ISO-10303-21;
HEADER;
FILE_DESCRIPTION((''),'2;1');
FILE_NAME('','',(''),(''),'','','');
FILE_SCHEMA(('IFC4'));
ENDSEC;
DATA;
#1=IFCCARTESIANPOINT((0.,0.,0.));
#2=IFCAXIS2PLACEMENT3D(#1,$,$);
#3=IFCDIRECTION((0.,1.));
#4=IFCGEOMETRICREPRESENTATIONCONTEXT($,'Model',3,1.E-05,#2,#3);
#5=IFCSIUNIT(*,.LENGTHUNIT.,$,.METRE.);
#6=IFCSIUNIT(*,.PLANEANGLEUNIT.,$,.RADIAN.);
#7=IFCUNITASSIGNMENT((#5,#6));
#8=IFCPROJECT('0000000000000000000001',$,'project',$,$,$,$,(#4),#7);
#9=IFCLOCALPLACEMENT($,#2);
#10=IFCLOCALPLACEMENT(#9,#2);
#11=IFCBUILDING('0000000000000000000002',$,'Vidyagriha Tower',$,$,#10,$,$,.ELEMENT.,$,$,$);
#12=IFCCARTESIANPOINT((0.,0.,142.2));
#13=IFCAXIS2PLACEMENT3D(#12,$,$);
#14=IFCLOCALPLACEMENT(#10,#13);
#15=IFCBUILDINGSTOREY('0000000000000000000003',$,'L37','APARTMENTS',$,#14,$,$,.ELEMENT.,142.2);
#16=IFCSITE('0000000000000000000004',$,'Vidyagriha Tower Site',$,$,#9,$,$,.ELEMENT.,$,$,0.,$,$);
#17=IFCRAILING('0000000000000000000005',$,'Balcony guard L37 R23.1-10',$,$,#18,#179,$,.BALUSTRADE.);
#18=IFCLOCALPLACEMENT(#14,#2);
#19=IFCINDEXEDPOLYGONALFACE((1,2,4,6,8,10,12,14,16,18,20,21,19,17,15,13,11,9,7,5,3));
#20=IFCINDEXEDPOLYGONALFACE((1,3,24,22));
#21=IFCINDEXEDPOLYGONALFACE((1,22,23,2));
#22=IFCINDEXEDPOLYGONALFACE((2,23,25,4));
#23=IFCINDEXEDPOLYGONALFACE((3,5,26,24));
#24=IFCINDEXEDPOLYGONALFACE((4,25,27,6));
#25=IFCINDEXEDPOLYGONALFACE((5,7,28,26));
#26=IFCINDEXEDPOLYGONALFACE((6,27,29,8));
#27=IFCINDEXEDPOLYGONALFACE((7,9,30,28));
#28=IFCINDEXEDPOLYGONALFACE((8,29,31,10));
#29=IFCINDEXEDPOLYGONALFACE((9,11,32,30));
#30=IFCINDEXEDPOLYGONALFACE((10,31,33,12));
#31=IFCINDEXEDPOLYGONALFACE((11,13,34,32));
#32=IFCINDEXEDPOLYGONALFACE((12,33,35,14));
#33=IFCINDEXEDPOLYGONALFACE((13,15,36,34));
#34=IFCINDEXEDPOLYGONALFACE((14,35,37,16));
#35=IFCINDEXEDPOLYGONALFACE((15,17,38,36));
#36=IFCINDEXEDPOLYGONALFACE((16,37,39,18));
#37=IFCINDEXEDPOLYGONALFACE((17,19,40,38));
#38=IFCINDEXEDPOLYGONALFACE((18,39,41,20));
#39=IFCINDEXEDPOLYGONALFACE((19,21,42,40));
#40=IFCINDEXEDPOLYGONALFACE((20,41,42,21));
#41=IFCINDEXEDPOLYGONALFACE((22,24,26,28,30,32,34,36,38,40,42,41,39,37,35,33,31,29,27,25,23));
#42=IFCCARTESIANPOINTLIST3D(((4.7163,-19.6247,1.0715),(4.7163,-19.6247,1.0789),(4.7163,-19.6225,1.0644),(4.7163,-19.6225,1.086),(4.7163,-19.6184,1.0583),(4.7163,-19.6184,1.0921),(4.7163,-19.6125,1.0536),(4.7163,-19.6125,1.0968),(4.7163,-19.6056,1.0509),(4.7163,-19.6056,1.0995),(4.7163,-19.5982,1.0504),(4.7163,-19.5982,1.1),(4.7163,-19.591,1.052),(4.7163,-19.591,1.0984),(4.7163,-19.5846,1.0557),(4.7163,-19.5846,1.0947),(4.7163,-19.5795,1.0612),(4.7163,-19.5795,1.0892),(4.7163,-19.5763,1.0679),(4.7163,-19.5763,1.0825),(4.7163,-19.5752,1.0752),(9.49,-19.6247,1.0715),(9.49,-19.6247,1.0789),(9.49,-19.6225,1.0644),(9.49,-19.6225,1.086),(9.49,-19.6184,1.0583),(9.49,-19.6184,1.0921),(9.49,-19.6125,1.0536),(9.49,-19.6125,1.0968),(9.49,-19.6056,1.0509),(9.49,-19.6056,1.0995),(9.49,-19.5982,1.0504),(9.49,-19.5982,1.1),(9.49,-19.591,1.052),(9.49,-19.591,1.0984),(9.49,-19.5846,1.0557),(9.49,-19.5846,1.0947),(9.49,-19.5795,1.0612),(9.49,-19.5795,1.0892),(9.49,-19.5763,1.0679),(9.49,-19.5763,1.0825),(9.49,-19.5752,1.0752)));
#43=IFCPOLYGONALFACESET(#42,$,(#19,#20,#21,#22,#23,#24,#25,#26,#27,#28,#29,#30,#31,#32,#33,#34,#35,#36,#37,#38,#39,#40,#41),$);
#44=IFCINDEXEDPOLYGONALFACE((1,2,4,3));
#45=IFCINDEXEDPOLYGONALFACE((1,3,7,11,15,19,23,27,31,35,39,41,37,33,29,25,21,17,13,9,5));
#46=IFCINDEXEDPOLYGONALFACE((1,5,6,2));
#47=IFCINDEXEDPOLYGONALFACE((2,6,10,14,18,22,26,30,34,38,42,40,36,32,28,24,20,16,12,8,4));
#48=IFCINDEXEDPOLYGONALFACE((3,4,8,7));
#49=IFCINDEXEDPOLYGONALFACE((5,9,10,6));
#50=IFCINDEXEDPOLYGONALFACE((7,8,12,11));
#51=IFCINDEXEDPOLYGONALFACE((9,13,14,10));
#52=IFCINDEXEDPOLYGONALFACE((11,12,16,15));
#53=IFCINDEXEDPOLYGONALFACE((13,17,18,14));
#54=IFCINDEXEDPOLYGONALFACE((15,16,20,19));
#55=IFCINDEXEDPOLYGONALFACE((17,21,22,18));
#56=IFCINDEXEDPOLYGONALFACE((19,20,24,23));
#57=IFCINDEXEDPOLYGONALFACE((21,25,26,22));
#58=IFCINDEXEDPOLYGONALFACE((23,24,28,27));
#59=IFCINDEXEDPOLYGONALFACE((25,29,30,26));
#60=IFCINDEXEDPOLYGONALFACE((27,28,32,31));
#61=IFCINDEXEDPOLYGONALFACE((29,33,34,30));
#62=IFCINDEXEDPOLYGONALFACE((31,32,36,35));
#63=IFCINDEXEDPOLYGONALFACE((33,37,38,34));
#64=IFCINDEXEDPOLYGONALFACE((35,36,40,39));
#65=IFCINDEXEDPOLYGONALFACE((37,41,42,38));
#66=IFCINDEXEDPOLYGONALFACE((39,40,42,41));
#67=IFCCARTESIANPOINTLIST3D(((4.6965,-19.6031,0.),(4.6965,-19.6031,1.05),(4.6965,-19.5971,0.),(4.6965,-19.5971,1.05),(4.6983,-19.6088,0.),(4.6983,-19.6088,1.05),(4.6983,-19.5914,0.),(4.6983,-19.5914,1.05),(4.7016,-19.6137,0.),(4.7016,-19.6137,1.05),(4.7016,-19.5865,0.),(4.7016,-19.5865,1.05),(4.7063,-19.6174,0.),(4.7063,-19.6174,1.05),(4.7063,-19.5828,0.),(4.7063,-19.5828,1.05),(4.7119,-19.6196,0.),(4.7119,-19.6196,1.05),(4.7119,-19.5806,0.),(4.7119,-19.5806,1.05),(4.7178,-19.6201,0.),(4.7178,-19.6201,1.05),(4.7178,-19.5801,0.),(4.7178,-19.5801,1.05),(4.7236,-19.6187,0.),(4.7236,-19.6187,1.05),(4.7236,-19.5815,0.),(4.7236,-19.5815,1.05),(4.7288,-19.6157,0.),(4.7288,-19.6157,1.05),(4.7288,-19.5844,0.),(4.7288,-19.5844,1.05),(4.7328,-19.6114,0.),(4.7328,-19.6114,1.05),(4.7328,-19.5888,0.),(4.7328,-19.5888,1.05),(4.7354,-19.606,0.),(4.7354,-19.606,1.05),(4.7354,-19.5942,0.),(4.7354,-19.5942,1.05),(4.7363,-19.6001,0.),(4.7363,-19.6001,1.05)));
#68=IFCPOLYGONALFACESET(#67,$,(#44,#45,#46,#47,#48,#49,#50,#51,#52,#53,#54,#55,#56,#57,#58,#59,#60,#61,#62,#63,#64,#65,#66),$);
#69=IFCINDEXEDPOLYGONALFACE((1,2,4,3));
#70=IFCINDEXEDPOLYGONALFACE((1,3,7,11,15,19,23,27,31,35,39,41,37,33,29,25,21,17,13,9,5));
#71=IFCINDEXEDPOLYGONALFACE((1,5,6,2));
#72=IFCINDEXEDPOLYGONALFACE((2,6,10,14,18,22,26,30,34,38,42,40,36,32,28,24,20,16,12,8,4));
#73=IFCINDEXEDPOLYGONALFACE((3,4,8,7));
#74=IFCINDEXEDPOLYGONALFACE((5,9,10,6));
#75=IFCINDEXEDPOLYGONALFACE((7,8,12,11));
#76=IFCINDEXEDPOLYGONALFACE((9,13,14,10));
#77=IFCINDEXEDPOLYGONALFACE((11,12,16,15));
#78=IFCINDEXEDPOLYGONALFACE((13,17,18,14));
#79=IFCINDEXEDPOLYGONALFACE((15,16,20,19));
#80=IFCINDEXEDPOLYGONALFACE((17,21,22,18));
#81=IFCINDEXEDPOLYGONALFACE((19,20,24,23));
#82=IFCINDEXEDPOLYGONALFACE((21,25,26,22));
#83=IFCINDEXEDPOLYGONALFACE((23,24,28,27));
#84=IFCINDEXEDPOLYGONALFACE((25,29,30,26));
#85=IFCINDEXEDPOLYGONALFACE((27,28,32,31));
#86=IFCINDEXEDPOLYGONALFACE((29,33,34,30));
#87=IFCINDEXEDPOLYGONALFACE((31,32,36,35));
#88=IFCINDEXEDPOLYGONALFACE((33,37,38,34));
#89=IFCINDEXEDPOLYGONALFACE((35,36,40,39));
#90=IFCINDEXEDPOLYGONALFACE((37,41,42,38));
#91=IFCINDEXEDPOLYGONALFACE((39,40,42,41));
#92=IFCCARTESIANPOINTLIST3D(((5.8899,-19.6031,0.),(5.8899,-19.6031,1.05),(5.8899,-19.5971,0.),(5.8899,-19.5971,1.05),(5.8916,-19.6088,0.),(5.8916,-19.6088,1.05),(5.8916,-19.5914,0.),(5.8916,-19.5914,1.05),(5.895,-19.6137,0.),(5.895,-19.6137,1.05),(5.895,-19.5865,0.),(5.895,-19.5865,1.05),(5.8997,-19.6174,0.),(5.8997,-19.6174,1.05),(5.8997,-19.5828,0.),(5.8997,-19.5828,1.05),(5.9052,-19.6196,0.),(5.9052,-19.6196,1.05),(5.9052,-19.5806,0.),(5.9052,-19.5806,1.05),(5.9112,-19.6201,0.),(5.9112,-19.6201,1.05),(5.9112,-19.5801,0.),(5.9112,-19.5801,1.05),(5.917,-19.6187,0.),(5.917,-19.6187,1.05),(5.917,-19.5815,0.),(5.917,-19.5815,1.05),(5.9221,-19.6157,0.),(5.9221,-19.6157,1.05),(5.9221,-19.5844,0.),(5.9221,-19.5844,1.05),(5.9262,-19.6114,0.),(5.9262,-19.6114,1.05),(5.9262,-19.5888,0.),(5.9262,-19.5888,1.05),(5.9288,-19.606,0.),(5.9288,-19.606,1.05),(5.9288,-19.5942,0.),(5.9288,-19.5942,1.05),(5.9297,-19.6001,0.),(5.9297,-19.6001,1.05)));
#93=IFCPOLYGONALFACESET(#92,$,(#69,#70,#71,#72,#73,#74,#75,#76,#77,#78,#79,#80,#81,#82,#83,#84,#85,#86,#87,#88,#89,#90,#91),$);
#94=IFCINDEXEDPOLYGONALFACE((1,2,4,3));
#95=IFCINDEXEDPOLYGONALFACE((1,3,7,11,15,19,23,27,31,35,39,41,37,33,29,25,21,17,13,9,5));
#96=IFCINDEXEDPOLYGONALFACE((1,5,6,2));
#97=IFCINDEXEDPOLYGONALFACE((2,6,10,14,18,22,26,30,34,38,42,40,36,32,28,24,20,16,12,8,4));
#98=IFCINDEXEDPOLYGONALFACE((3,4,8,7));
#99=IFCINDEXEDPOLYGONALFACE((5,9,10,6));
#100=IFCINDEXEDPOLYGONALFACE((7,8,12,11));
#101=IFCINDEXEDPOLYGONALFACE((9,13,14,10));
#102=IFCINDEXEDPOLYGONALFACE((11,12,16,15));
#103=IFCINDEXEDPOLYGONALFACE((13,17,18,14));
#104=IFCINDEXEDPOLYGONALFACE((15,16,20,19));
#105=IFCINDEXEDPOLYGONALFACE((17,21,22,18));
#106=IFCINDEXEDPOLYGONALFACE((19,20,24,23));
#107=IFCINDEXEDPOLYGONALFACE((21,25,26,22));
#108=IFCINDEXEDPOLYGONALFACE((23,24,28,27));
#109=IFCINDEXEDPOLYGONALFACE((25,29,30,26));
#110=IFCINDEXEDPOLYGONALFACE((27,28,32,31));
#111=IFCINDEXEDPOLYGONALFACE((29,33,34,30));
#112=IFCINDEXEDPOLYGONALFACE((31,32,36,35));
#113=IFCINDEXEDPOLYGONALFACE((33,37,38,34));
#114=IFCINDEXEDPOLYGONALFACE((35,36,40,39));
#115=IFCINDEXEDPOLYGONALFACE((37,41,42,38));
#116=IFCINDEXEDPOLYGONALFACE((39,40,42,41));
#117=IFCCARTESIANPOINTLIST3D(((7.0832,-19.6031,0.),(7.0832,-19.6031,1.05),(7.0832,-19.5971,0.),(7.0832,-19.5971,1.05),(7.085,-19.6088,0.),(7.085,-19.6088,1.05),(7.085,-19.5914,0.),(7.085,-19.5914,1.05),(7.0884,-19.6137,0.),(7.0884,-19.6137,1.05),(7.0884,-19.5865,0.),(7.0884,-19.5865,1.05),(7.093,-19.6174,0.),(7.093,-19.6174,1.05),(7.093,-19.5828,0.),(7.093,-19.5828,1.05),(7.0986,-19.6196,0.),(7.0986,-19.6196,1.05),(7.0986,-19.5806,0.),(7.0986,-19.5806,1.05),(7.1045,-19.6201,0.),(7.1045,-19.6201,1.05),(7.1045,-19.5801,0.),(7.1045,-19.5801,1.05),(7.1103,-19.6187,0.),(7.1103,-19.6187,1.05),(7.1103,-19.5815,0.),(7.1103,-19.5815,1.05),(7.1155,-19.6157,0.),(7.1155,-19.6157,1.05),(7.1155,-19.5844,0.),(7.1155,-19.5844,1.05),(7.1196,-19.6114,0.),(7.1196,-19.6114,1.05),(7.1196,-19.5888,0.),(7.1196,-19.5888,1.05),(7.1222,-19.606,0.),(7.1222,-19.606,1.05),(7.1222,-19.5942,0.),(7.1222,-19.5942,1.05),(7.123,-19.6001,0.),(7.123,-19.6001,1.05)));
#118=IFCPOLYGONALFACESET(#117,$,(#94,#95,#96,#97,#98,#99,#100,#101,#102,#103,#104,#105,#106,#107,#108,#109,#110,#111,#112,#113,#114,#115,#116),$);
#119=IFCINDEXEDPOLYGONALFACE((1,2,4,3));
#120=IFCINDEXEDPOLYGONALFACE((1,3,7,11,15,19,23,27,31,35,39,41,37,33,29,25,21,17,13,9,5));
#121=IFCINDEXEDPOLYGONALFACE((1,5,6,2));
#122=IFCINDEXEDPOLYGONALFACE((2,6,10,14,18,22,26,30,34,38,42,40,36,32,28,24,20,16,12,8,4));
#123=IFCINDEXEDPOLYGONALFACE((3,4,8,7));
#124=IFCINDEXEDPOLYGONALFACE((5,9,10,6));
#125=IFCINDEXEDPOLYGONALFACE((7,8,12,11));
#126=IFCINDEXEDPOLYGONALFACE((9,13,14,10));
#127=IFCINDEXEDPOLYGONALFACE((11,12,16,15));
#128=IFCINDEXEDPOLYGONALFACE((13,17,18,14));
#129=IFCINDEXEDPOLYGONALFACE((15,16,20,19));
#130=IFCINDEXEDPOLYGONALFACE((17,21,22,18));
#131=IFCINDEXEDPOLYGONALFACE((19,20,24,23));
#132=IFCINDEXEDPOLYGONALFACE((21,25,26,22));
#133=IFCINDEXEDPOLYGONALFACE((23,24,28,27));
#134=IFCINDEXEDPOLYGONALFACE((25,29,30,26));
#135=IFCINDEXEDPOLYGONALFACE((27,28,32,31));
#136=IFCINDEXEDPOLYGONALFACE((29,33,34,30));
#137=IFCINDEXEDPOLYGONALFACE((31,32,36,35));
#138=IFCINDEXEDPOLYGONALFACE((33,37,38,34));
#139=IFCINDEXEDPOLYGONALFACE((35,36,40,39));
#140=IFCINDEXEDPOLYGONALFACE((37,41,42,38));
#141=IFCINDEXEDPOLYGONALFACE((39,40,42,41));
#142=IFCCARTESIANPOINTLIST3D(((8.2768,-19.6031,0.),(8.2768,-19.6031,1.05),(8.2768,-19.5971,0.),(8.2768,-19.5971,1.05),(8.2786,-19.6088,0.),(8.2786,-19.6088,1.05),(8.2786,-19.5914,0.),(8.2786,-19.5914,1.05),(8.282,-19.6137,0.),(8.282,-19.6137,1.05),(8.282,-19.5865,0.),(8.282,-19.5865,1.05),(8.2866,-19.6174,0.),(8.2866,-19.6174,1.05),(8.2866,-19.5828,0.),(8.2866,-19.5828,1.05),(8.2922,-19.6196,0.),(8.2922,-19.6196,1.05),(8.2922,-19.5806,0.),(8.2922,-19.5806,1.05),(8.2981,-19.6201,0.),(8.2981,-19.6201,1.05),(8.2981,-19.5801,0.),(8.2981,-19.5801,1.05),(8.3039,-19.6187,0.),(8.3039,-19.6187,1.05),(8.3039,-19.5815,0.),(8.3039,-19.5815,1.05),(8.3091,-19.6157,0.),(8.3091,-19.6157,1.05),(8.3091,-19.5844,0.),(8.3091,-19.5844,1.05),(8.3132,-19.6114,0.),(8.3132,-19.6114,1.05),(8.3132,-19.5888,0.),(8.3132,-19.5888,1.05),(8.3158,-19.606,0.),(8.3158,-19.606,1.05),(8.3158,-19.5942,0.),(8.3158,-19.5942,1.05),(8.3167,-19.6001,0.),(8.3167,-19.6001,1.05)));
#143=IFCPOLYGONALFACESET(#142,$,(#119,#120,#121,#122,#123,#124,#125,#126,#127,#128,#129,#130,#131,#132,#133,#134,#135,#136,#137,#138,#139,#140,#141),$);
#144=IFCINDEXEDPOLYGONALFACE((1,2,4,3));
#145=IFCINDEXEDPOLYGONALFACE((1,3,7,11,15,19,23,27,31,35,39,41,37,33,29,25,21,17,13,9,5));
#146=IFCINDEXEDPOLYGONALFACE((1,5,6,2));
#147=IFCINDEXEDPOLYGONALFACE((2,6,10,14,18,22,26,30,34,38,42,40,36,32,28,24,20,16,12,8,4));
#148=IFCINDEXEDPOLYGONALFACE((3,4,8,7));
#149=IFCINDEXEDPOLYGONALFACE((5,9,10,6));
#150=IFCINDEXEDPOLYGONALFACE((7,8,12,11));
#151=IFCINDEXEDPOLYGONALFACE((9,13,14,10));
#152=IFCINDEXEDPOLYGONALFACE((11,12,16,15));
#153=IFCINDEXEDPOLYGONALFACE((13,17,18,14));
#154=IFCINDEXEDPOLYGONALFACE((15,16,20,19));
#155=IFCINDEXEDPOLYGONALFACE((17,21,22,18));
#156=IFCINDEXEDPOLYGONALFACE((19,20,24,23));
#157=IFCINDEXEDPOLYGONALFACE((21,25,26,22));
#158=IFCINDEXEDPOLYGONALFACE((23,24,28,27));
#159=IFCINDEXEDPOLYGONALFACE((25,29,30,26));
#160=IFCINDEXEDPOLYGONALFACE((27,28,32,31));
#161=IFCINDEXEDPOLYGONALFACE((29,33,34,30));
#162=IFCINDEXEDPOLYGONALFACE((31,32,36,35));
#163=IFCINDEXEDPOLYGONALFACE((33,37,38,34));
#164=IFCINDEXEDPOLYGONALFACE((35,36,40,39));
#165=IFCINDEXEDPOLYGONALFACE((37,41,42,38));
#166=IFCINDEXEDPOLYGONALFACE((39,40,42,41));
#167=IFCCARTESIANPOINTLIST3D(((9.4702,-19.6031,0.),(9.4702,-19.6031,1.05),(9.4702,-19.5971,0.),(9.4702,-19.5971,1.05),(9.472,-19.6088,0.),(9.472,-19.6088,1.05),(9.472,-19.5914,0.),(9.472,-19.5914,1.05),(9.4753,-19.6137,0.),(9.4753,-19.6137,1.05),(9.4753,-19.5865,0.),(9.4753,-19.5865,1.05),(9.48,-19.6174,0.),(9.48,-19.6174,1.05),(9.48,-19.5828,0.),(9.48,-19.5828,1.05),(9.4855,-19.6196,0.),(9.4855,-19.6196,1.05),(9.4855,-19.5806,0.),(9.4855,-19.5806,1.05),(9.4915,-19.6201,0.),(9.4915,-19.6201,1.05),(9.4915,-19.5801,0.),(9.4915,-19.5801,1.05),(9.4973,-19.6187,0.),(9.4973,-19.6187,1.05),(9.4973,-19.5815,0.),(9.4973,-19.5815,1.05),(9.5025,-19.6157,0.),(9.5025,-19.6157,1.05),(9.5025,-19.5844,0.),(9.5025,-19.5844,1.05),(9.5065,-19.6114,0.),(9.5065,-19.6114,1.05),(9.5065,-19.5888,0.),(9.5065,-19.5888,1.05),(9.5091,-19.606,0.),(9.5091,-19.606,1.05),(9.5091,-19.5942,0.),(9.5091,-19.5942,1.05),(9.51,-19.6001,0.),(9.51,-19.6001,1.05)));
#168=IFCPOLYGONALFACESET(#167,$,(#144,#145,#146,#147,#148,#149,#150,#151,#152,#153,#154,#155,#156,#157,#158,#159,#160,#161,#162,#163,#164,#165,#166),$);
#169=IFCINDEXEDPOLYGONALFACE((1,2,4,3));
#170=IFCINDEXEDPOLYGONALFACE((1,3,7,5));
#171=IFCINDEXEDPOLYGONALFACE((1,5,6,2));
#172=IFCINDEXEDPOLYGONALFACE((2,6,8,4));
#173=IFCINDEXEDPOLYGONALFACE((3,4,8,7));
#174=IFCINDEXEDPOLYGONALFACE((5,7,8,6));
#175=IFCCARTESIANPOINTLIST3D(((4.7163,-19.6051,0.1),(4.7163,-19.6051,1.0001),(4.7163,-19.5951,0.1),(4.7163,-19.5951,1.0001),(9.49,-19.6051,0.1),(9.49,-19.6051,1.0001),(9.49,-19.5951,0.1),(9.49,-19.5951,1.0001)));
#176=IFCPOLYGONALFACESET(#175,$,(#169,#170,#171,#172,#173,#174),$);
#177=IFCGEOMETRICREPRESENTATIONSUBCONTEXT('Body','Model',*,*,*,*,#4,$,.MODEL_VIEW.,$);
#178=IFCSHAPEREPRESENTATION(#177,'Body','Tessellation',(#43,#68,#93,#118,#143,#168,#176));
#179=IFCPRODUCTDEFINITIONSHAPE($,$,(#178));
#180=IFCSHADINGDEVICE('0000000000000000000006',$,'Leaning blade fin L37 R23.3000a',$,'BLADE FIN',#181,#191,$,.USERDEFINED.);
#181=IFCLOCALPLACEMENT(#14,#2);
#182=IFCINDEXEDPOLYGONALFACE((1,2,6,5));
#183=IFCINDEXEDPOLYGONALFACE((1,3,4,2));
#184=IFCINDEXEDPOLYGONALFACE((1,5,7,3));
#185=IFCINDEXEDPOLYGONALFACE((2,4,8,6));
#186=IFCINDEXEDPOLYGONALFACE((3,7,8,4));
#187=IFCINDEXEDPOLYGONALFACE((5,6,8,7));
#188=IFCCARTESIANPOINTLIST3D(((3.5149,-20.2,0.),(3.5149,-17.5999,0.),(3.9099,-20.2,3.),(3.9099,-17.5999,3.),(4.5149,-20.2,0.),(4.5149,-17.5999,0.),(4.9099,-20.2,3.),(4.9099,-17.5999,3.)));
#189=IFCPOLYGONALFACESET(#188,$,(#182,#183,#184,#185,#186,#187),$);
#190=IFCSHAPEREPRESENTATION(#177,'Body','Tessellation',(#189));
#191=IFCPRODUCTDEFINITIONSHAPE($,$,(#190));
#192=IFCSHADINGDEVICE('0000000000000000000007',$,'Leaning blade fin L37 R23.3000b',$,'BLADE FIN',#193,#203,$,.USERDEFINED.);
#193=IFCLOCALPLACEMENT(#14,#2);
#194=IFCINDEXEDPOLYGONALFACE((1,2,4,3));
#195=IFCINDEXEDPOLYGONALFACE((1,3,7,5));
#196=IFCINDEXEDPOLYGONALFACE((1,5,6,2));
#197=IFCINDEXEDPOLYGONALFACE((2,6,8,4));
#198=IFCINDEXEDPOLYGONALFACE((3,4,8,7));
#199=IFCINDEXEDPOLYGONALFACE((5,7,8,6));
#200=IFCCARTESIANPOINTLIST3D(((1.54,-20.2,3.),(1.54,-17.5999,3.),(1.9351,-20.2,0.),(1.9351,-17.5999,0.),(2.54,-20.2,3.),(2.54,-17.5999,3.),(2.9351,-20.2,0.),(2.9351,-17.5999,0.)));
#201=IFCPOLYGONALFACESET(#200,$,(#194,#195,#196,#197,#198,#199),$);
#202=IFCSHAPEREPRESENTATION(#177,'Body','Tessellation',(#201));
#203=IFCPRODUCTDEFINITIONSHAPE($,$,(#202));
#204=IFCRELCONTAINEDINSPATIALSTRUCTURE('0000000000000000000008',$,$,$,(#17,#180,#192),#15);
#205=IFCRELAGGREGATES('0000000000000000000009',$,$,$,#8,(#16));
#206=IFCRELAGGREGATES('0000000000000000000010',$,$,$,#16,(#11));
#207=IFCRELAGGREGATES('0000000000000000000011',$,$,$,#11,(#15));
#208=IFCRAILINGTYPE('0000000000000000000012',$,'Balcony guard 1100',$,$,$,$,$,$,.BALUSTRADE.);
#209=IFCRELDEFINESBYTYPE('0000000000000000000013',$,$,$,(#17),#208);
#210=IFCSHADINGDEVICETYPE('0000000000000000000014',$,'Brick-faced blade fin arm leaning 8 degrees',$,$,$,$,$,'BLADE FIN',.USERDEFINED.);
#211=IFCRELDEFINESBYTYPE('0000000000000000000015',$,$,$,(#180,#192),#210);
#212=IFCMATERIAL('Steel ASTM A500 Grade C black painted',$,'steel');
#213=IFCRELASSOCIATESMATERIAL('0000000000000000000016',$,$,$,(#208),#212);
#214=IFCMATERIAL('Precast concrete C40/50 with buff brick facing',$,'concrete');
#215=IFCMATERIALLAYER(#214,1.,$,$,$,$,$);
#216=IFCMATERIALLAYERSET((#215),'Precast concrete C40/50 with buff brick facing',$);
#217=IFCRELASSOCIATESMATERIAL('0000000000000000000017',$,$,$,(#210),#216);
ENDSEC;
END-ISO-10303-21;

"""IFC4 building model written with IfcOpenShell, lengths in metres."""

from ifc_helpers import new_model, si_unit, direction, frame, origin, origin_2d, place, context, subcontext, project, spatial, polyline, rectangle, circle, outline, extrude, material, layer, layer_set, type_object, element, save


model = new_model("IFC4")

# Units and contexts
model_context = context("Model", 3, precision=1e-05, world=origin(), true_north=direction((0.0, 1.0)))
body_context = subcontext(model_context, "Body", "Model", "MODEL_VIEW")
ifc_project = project(units=[si_unit("LENGTHUNIT", "METRE"), si_unit("PLANEANGLEUNIT", "RADIAN")], contexts=[model_context])

# Site, building, storey
site_placement = place(None, origin())
site = spatial("IfcSite", under=ifc_project, at=site_placement, Name="Vidyagriha Tower Site", CompositionType="ELEMENT", RefElevation=0.0)
building_placement = place(site_placement, origin())
building = spatial("IfcBuilding", under=site, at=building_placement, Name="Vidyagriha Tower", CompositionType="ELEMENT")
storey_placement = place(building_placement, frame((0.0, 0.0, 142.2)))
storey = spatial("IfcBuildingStorey", under=building, at=storey_placement, Name="L37", Description="APARTMENTS", CompositionType="ELEMENT", Elevation=142.2)

# Railing
ifc_material_1 = material(Name="Steel ASTM A500 Grade C black painted", Category="steel")
railing_type = type_object("IfcRailingType", Name="Balcony guard 1100", PredefinedType="BALUSTRADE", material=ifc_material_1)
railing_1_placement = place(storey_placement, frame((4.7163, -19.6001, 0.0)))
element("IfcRailing", 1, at=railing_1_placement, inside=storey, type_object=railing_type, Name="Balcony guard L37 R23.1-10", PredefinedType="BALUSTRADE", context=body_context, shape_type="SweptSolid", body=[
    extrude(circle(Radius=0.0249, at=origin_2d()), frame((0.0, 0.0, 1.0752), z_axis=(1.0, 0.0, 0.0), x_axis=(0.0, 1.0, 0.0)), (0.0, 0.0, 1.0), 4.7737),
    extrude(circle(Radius=0.02, at=origin_2d()), origin(), (0.0, 0.0, 1.0), 1.05),
    extrude(circle(Radius=0.02, at=origin_2d()), frame((1.1934, 0.0, 0.0)), (0.0, 0.0, 1.0), 1.05),
    extrude(circle(Radius=0.02, at=origin_2d()), frame((2.3867, 0.0, 0.0)), (0.0, 0.0, 1.0), 1.05),
    extrude(circle(Radius=0.02, at=origin_2d()), frame((3.5803, 0.0, 0.0)), (0.0, 0.0, 1.0), 1.05),
    extrude(circle(Radius=0.02, at=origin_2d()), frame((4.7737, 0.0, 0.0)), (0.0, 0.0, 1.0), 1.05),
    extrude(rectangle(XDim=0.01, YDim=0.9001, at=origin_2d()), frame((0.0, 0.0, 0.55), z_axis=(1.0, 0.0, 0.0), x_axis=(0.0, 1.0, 0.0)), (0.0, 0.0, 1.0), 4.7737),
])

# Shading devices
ifc_material_2 = material(Name="Precast concrete C40/50 with buff brick facing", Category="concrete")
ifc_layer_1 = layer(ifc_material_2, 1.0)
ifc_layer_set_1 = layer_set([ifc_layer_1], Name="Precast concrete C40/50 with buff brick facing")
shading_device_type = type_object("IfcShadingDeviceType", Name="Brick-faced blade fin arm leaning 8 degrees", ElementType="BLADE FIN", PredefinedType="USERDEFINED", material=ifc_layer_set_1)
shading_device_1_placement = place(storey_placement, frame((3.5149, -18.8999, 0.0)))
element("IfcShadingDevice", 2, at=shading_device_1_placement, inside=storey, type_object=shading_device_type, Name="Leaning blade fin L37 R23.3000a", ObjectType="BLADE FIN", PredefinedType="USERDEFINED", context=body_context, shape_type="SweptSolid", body=[
    extrude(outline(polyline([(0.0, 0.0), (1.0, 0.0), (1.395, 3.0), (0.395, 3.0), (0.0, 0.0)])), frame((0.0, 1.3, 0.0), z_axis=(0.0, -1.0, 0.0), x_axis=(1.0, 0.0, 0.0)), (0.0, 0.0, 1.0), 2.6001),
])
shading_device_2_placement = place(storey_placement, frame((1.54, -18.8999, 0.0)))
element("IfcShadingDevice", 3, at=shading_device_2_placement, inside=storey, type_object=shading_device_type, Name="Leaning blade fin L37 R23.3000b", ObjectType="BLADE FIN", PredefinedType="USERDEFINED", context=body_context, shape_type="SweptSolid", body=[
    extrude(outline(polyline([(0.395, 0.0), (1.395, 0.0), (1.0, 3.0), (0.0, 3.0), (0.395, 0.0)])), frame((0.0, 1.3, 0.0), z_axis=(0.0, -1.0, 0.0), x_axis=(1.0, 0.0, 0.0)), (0.0, 0.0, 1.0), 2.6001),
])

save(model, "model.ifc")
